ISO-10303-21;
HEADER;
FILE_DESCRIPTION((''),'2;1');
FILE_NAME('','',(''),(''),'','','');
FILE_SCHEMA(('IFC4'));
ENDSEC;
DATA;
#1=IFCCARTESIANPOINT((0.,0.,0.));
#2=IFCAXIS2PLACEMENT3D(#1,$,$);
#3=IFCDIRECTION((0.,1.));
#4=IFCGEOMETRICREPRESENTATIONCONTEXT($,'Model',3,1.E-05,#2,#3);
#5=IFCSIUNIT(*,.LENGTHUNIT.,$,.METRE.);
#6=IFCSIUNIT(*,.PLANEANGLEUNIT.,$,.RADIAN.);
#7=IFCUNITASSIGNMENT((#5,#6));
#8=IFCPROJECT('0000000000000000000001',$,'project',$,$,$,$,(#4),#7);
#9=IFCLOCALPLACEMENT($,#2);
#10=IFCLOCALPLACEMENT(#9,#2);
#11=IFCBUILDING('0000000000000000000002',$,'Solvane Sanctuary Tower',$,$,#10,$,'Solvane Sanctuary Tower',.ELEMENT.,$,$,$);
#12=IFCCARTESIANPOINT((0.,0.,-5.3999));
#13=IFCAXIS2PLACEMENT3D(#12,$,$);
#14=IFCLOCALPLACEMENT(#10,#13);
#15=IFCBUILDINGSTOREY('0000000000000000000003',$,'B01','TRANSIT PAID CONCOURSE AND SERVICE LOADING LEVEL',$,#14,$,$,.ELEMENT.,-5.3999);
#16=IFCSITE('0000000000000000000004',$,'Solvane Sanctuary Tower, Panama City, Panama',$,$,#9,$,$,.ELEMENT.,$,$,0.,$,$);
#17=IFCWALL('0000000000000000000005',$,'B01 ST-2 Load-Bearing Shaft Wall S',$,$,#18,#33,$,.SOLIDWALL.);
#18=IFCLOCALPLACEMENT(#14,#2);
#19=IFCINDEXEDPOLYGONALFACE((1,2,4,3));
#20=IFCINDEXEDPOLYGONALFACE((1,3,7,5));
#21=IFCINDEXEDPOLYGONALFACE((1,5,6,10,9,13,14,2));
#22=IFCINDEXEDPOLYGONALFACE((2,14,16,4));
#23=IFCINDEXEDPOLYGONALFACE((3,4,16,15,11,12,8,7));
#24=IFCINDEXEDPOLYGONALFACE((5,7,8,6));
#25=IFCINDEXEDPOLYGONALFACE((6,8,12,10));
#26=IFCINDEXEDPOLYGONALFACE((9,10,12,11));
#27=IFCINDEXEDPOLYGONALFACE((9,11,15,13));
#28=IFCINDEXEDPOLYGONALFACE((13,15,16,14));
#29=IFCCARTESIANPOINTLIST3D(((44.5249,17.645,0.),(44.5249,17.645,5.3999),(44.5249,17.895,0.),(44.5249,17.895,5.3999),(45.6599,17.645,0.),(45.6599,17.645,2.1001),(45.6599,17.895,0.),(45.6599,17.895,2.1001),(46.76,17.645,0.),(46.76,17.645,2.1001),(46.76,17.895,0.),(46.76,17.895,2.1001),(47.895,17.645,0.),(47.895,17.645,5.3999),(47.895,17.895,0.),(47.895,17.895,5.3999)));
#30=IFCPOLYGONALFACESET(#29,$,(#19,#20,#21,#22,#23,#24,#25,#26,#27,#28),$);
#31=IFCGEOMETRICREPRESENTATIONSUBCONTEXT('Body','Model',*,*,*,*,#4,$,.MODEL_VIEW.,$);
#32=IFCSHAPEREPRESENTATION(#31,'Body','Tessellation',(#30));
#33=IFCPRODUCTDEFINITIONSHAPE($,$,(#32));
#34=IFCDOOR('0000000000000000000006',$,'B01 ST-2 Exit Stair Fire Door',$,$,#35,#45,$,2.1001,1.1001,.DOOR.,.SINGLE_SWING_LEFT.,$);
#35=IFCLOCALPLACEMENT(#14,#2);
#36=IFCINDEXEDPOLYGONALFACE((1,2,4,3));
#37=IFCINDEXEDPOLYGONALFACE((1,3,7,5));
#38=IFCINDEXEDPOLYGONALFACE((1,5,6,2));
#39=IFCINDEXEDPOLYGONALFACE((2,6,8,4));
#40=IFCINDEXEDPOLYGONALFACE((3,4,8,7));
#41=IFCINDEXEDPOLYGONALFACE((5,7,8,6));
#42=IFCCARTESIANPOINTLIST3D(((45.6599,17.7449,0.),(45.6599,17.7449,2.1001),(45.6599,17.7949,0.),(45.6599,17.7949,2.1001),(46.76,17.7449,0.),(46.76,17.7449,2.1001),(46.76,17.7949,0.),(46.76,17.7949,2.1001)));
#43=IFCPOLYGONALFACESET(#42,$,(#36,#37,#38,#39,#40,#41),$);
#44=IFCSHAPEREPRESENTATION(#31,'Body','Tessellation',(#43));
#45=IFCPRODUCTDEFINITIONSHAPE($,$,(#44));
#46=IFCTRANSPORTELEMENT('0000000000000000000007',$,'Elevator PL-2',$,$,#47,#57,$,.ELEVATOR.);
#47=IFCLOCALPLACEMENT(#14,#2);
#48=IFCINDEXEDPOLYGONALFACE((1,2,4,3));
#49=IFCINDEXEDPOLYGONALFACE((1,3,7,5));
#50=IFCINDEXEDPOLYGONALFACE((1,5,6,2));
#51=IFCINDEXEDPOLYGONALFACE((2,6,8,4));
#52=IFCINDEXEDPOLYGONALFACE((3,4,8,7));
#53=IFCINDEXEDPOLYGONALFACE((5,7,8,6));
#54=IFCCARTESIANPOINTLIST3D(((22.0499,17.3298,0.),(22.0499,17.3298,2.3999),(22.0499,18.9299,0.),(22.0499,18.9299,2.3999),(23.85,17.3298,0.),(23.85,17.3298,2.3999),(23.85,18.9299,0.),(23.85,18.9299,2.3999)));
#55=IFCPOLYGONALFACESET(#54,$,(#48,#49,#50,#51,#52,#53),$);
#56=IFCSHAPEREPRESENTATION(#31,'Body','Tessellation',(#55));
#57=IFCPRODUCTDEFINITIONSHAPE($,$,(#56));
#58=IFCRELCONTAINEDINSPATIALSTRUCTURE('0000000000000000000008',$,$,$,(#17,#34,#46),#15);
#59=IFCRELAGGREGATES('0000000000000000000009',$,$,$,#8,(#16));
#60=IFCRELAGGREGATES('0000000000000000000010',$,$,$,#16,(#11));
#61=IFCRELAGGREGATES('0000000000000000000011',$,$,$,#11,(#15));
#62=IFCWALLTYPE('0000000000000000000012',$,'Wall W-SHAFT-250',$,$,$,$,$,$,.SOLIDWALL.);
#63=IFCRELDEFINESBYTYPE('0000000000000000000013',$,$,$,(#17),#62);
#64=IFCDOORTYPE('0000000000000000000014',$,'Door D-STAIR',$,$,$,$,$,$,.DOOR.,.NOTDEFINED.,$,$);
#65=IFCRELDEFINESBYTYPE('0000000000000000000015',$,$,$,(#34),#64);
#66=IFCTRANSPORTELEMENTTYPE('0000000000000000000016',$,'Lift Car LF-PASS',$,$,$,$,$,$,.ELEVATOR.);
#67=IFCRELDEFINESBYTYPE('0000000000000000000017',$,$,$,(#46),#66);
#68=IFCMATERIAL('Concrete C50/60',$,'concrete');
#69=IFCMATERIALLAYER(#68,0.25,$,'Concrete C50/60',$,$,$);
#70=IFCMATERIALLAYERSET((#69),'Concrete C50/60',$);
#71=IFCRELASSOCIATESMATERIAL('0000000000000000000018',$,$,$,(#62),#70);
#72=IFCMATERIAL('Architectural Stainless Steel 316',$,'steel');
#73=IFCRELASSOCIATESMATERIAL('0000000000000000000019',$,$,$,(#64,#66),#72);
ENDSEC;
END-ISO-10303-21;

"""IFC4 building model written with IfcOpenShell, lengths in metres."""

from ifc_helpers import new_model, si_unit, direction, frame, frame_2d, origin, origin_2d, place, context, subcontext, project, spatial, rectangle, extrude, material, layer, layer_set, type_object, element, fill, save


model = new_model("IFC4")

# Units and contexts
model_context = context("Model", 3, precision=1e-05, world=origin(), true_north=direction((0.0, 1.0)))
body_context = subcontext(model_context, "Body", "Model", "MODEL_VIEW")
ifc_project = project(units=[si_unit("LENGTHUNIT", "METRE"), si_unit("PLANEANGLEUNIT", "RADIAN")], contexts=[model_context])

# Site, building, storey
site_placement = place(None, origin())
site = spatial("IfcSite", under=ifc_project, at=site_placement, Name="Solvane Sanctuary Tower, Panama City, Panama", CompositionType="ELEMENT", RefElevation=0.0)
building_placement = place(site_placement, origin())
building = spatial("IfcBuilding", under=site, at=building_placement, Name="Solvane Sanctuary Tower", LongName="Solvane Sanctuary Tower", CompositionType="ELEMENT")
storey_placement = place(building_placement, frame((0.0, 0.0, -5.3999)))
storey = spatial("IfcBuildingStorey", under=building, at=storey_placement, Name="B01", Description="TRANSIT PAID CONCOURSE AND SERVICE LOADING LEVEL", CompositionType="ELEMENT", Elevation=-5.3999)

# Shared definitions
ifc_material_1 = material(Name="Architectural Stainless Steel 316", Category="steel")

# Shared definitions
ifc_material_2 = material(Name="Concrete C50/60", Category="concrete")

# Wall, opening, door
ifc_layer_1 = layer(ifc_material_2, 0.25, Name="Concrete C50/60")
ifc_layer_set_1 = layer_set([ifc_layer_1], Name="Concrete C50/60")
wall_type_1 = type_object("IfcWallType", Name="Wall W-SHAFT-250", PredefinedType="SOLIDWALL", material=ifc_layer_set_1)
wall_1_placement = place(storey_placement, frame((44.5249, 17.77, 0.0), z_axis=(0.0, 0.0, 1.0), x_axis=(1.0, 0.0, 0.0)))
wall_1 = element("IfcWall", 1, at=wall_1_placement, inside=storey, type_object=wall_type_1, Name="B01 ST-2 Load-Bearing Shaft Wall S", PredefinedType="SOLIDWALL", context=body_context, shape_type="SweptSolid", body=[
    extrude(rectangle(XDim=3.3701, YDim=0.25, at=frame_2d((1.6851, 0.0))), origin(), (0.0, 0.0, 1.0), 5.3999),
])
opening_1_placement = place(wall_1_placement, frame((1.135, 0.0, 0.0)))
opening_1 = element("IfcOpeningElement", 2, at=opening_1_placement, cuts=wall_1, PredefinedType="OPENING", context=body_context, shape_type="SweptSolid", body=[
    extrude(rectangle(XDim=1.1001, YDim=2.1001, at=frame_2d((0.55, 1.05))), frame((0.0, 0.135, 0.0), z_axis=(0.0, -1.0, 0.0), x_axis=(1.0, 0.0, 0.0)), (0.0, 0.0, 1.0), 0.27),
])
door_type_1 = type_object("IfcDoorType", Name="Door D-STAIR", OperationType="NOTDEFINED", PredefinedType="DOOR", material=ifc_material_1)
door_1_placement = place(opening_1_placement, origin())
door_1 = element("IfcDoor", 3, at=door_1_placement, inside=storey, type_object=door_type_1, Name="B01 ST-2 Exit Stair Fire Door", OperationType="SINGLE_SWING_LEFT", OverallHeight=2.1001, OverallWidth=1.1001, PredefinedType="DOOR", context=body_context, shape_type="SweptSolid", body=[
    extrude(rectangle(XDim=1.1001, YDim=2.1001, at=frame_2d((0.55, 1.05))), frame((0.0, 0.0249, 0.0), z_axis=(0.0, -1.0, 0.0), x_axis=(1.0, 0.0, 0.0)), (0.0, 0.0, 1.0), 0.05),
])
fill(opening_1, door_1)

# Transport element
transport_element_type = type_object("IfcTransportElementType", Name="Lift Car LF-PASS", PredefinedType="ELEVATOR", material=ifc_material_1)
transport_element_placement = place(storey_placement, frame((22.95, 18.1299, 0.0), z_axis=(0.0, 0.0, 1.0), x_axis=(1.0, 0.0, 0.0)))
element("IfcTransportElement", 4, at=transport_element_placement, inside=storey, type_object=transport_element_type, Name="Elevator PL-2", PredefinedType="ELEVATOR", context=body_context, shape_type="SweptSolid", body=[
    extrude(rectangle(XDim=1.8, YDim=1.6001, at=origin_2d()), origin(), (0.0, 0.0, 1.0), 2.3999),
])

save(model, "model.ifc")
